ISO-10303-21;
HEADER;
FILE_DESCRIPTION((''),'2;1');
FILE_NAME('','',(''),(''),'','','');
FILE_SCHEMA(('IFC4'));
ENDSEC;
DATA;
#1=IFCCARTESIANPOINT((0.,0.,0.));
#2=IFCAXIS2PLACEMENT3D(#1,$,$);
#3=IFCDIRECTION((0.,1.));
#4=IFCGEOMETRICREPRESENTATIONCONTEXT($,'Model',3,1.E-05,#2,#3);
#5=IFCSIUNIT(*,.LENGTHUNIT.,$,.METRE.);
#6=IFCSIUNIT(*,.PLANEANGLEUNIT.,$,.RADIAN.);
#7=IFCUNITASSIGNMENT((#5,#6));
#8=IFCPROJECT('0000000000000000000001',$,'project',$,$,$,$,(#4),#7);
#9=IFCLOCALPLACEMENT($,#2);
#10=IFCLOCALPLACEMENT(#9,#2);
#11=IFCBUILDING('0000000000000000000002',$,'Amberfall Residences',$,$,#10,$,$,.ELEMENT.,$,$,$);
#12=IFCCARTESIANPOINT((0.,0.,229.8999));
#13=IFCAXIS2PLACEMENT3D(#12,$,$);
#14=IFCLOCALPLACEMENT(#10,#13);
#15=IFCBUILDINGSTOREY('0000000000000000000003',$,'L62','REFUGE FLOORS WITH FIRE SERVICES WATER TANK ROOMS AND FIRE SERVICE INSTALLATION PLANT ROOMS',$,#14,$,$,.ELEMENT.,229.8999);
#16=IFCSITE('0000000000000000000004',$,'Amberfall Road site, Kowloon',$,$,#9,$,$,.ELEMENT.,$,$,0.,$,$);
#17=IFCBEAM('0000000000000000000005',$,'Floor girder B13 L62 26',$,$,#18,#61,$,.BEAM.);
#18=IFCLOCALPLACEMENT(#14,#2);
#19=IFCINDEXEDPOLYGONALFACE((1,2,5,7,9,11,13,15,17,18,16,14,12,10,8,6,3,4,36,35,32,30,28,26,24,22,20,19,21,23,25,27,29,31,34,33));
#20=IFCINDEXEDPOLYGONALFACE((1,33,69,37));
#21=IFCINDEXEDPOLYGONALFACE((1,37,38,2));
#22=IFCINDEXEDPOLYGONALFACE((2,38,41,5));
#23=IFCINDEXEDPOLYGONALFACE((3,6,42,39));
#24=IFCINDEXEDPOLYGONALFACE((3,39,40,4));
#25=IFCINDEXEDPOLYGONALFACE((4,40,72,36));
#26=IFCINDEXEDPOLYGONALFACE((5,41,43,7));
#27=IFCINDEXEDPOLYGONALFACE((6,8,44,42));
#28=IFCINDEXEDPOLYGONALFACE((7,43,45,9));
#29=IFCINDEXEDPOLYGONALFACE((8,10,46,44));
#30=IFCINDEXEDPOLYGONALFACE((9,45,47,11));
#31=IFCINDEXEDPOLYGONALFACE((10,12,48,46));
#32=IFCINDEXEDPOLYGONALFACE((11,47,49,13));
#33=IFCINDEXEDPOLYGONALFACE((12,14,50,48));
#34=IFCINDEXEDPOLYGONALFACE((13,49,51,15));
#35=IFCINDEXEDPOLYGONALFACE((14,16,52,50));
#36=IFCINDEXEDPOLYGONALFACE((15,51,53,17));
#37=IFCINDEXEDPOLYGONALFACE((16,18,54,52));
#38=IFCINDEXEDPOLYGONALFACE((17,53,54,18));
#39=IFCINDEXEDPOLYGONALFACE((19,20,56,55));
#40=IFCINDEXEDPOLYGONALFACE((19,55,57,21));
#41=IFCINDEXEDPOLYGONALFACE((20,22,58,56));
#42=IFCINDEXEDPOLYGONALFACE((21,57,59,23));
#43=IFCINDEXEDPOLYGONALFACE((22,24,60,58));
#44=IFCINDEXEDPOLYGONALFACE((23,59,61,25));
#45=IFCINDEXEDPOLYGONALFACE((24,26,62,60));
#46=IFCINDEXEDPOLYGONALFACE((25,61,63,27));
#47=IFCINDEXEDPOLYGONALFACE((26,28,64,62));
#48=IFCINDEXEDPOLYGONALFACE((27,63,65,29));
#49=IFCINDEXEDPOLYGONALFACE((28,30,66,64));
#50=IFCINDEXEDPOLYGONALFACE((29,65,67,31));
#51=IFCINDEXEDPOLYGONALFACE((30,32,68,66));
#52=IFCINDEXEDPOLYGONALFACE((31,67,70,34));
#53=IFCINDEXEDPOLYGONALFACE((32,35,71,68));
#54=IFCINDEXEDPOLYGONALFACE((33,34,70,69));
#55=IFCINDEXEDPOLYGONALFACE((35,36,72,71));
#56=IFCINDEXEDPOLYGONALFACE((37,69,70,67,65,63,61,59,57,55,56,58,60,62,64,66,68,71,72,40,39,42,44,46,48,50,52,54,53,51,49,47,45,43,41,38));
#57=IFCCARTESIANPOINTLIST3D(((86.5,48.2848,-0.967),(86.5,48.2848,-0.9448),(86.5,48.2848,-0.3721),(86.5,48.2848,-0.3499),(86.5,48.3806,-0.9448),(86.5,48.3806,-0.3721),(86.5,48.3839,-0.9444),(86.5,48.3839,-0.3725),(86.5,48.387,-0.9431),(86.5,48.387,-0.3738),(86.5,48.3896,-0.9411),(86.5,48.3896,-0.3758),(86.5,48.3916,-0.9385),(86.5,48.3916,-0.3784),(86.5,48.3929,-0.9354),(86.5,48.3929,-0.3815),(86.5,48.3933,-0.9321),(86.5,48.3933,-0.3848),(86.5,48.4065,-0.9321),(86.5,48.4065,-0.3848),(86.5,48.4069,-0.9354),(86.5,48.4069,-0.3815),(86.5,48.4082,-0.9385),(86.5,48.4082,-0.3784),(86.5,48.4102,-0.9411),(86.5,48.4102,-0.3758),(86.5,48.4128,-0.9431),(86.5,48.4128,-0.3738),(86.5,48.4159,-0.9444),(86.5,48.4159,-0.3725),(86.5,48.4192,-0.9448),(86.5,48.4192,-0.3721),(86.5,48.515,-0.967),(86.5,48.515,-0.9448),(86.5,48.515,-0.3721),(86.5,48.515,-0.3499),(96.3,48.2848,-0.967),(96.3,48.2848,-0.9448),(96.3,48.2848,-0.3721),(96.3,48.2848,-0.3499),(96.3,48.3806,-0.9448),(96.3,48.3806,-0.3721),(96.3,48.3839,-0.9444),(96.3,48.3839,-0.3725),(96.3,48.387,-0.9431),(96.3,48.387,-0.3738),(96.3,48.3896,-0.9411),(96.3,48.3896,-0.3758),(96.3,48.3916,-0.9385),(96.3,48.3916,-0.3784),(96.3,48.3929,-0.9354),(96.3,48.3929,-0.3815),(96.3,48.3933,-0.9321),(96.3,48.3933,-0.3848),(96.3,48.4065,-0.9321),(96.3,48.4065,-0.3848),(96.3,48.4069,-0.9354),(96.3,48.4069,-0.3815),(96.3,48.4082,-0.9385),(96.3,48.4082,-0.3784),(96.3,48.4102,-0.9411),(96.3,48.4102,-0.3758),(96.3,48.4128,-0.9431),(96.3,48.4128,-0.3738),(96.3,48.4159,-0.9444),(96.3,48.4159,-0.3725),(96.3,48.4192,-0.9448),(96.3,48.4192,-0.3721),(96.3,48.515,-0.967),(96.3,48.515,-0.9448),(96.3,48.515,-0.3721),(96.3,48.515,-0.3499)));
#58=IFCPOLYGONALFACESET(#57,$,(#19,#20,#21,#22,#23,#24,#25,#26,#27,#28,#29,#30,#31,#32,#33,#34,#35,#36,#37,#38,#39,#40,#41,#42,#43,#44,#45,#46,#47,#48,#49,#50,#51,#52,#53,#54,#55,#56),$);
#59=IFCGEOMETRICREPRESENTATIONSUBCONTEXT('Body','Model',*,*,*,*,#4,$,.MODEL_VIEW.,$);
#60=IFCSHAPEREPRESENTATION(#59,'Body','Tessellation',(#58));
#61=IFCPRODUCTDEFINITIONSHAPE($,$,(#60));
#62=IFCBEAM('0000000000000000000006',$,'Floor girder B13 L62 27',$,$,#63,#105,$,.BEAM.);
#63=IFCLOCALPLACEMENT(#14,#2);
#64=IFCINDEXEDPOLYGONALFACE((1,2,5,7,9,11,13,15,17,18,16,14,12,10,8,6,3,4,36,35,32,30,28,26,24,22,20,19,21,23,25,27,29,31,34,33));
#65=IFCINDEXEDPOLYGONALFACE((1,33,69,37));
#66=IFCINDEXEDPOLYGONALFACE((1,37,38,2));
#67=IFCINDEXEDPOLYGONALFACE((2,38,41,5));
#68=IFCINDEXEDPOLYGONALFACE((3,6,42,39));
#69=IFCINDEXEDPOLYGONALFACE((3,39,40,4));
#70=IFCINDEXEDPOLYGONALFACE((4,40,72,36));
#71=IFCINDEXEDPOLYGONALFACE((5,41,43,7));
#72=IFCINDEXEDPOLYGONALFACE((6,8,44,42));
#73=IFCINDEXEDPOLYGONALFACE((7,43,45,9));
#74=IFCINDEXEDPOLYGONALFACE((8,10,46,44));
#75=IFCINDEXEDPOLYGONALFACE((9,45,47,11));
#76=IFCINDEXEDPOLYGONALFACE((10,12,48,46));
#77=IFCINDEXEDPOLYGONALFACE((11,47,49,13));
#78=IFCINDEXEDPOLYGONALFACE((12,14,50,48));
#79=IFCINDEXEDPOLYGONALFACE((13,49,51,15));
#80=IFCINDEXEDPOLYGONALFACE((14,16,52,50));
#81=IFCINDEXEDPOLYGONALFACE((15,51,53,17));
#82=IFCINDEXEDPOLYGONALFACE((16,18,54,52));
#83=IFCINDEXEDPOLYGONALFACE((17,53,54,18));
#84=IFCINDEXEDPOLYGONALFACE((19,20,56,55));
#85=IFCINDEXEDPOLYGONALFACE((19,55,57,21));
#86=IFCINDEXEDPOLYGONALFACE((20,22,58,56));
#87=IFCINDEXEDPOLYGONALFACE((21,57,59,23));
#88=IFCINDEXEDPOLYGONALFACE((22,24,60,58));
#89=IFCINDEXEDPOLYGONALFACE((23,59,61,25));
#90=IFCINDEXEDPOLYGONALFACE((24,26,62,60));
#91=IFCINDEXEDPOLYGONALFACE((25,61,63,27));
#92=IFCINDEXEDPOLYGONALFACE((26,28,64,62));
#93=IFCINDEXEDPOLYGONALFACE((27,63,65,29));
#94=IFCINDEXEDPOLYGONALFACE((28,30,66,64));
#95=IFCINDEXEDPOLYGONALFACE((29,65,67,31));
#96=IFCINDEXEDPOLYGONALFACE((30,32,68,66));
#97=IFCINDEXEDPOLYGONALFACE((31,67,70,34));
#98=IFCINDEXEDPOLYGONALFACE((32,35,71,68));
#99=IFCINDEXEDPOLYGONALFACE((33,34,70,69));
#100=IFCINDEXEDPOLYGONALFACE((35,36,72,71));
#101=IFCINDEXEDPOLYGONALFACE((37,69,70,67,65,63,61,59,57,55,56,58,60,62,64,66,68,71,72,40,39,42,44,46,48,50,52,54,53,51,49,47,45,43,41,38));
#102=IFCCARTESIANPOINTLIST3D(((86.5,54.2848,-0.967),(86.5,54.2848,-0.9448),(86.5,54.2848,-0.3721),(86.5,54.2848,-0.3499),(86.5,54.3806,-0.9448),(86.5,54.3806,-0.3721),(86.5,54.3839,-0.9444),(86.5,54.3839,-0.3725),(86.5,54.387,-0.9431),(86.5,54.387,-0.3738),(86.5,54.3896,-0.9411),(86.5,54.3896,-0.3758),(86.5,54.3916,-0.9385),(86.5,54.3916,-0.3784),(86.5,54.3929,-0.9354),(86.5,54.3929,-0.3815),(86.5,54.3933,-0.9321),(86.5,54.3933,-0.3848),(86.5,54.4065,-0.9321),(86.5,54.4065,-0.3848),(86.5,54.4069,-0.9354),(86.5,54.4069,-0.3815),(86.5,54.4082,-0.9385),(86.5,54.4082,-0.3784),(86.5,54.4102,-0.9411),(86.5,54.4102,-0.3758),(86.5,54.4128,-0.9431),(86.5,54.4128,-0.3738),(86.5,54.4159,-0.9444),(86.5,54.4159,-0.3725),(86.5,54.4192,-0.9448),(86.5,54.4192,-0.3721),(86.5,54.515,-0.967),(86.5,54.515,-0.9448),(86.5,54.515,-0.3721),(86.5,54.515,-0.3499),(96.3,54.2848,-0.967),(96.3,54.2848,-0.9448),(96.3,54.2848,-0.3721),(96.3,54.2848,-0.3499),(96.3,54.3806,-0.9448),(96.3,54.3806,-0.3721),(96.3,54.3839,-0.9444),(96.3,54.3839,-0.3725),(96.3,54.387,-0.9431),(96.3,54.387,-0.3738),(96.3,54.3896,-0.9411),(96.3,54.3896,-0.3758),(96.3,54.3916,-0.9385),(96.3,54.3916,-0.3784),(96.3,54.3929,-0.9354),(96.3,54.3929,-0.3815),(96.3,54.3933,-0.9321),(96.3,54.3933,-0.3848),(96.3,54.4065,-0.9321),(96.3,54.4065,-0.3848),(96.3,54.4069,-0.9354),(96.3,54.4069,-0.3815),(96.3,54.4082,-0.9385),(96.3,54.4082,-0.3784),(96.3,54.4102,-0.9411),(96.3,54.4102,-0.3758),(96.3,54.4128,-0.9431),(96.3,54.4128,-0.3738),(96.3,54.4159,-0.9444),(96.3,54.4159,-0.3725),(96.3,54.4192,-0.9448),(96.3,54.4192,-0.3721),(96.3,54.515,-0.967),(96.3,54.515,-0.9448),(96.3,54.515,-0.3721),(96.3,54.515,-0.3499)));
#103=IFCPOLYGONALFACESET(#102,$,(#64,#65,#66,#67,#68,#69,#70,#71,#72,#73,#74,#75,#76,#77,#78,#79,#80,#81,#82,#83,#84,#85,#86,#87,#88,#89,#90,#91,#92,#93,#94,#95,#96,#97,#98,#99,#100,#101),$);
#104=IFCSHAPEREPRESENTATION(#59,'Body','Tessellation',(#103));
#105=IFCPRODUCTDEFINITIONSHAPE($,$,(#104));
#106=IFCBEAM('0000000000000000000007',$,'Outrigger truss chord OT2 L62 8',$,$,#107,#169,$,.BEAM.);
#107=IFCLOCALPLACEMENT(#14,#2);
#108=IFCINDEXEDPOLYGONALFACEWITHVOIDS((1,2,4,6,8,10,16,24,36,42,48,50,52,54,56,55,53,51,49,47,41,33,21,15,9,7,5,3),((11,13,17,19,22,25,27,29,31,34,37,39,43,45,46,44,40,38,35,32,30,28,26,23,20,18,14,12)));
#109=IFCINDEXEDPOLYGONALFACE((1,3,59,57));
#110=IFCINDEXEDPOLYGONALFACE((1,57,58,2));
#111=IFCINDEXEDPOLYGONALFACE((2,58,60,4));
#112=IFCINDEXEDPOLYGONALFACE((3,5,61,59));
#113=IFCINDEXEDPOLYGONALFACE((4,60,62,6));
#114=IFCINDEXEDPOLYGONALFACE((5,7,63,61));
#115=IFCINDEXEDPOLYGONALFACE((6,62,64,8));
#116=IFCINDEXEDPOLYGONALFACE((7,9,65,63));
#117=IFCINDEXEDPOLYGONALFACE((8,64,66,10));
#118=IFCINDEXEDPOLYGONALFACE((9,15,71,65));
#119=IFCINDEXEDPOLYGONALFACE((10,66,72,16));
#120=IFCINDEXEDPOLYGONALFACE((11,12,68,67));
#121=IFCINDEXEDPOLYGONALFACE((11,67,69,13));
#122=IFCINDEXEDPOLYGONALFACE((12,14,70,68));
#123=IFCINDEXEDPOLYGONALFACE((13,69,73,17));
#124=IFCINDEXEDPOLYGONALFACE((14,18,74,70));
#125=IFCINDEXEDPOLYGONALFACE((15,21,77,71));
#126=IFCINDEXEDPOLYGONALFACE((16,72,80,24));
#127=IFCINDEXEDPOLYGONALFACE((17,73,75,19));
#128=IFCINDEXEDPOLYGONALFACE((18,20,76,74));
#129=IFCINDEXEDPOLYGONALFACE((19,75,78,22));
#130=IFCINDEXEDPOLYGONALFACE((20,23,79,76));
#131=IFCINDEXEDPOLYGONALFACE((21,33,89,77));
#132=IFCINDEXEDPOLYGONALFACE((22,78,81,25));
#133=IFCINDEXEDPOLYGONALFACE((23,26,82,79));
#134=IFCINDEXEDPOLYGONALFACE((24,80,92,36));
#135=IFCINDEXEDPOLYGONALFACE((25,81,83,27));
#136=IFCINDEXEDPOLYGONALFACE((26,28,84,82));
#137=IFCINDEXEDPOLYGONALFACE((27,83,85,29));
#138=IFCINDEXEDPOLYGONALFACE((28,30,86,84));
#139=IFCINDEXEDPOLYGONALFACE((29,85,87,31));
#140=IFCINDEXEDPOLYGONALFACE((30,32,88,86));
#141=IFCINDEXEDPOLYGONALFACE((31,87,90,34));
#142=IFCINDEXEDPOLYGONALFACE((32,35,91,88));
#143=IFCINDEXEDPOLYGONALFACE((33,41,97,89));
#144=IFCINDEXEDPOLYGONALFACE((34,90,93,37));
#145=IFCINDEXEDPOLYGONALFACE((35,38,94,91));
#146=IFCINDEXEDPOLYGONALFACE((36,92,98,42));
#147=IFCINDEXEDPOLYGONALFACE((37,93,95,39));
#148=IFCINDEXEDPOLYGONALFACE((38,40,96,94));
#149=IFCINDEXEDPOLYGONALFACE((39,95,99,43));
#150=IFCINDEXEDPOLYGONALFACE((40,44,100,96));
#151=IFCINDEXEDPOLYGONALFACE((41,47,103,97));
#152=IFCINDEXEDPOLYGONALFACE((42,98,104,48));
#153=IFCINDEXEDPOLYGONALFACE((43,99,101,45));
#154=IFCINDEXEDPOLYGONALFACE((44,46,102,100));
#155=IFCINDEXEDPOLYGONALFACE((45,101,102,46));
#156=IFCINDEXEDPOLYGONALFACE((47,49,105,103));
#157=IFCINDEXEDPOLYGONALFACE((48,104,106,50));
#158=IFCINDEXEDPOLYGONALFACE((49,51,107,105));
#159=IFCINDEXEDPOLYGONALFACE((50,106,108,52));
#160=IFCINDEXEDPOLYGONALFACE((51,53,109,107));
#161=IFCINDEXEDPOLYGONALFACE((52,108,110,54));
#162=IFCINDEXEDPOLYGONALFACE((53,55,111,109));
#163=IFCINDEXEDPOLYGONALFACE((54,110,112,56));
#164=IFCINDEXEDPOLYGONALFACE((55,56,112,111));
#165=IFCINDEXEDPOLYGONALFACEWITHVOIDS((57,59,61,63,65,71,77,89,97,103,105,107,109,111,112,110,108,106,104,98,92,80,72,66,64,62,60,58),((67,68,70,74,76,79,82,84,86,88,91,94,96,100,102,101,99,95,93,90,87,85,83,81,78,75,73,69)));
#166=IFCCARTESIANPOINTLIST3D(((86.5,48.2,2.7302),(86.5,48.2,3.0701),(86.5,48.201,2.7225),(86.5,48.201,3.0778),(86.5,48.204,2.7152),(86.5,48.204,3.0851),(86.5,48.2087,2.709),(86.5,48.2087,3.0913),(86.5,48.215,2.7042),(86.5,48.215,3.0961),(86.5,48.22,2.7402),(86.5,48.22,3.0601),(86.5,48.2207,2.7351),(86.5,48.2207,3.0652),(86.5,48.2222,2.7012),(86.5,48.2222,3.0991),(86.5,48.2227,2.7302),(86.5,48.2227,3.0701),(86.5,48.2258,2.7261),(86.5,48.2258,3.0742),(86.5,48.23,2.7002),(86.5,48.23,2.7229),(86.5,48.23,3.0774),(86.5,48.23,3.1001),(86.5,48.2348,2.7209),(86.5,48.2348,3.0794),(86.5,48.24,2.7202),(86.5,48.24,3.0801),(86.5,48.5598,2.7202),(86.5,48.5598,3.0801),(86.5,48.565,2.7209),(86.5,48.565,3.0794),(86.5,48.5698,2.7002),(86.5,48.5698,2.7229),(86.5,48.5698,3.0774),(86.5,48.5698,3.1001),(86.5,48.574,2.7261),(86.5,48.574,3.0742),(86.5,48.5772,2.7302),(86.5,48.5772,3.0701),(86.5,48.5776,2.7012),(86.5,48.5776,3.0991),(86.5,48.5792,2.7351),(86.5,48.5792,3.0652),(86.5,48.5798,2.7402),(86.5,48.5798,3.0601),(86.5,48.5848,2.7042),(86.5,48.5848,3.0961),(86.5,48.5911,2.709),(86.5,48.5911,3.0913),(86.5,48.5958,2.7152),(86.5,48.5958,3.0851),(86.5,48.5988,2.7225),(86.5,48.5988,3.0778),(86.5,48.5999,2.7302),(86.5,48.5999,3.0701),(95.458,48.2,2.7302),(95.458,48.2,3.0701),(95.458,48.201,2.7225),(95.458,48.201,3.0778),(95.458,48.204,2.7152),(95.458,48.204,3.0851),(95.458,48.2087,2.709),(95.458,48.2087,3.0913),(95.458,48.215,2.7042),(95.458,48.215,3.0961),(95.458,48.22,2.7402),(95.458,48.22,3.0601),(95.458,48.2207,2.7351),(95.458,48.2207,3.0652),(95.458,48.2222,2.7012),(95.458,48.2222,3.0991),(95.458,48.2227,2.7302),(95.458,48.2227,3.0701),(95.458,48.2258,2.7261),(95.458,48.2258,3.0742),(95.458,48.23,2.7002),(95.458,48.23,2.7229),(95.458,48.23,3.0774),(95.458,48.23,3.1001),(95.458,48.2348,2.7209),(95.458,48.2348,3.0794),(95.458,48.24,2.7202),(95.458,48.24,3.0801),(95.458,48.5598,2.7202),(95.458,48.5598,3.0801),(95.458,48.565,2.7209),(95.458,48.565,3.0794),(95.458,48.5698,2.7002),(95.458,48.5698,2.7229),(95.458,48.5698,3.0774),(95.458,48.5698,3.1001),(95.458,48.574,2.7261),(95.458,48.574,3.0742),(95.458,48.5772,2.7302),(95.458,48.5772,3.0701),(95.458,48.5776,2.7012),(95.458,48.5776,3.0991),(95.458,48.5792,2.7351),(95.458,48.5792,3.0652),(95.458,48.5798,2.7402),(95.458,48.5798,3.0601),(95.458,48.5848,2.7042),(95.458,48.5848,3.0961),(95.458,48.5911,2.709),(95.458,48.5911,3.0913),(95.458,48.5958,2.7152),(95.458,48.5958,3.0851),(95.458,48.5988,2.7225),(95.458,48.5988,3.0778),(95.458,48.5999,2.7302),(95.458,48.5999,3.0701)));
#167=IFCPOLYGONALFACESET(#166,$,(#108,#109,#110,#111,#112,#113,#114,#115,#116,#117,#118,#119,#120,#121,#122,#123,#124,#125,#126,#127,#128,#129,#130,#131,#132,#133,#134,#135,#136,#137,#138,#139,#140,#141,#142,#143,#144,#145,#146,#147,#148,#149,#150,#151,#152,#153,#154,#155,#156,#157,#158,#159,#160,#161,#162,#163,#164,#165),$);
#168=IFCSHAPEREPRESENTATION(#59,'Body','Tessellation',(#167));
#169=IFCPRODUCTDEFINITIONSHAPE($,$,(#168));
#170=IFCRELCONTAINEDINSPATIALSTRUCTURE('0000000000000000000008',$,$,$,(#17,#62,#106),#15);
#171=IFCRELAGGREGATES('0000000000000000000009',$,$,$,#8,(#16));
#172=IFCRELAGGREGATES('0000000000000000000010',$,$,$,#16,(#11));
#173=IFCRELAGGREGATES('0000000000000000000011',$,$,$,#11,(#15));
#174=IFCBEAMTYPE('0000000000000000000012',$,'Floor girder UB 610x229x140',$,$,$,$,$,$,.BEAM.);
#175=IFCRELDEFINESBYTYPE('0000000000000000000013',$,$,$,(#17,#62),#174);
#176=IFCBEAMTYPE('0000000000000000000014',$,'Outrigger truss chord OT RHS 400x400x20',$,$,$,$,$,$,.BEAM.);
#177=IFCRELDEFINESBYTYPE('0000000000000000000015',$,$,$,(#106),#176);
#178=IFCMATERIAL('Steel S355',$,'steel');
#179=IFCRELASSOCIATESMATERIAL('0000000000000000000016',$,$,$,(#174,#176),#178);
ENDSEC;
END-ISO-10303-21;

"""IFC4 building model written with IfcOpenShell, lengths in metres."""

from ifc_helpers import new_model, si_unit, direction, frame, origin, origin_2d, place, context, subcontext, project, spatial, hollow_rectangle, i_section, extrude, material, material_profile, profile_set, type_object, element, save


model = new_model("IFC4")

# Units and contexts
model_context = context("Model", 3, precision=1e-05, world=origin(), true_north=direction((0.0, 1.0)))
body_context = subcontext(model_context, "Body", "Model", "MODEL_VIEW")
ifc_project = project(units=[si_unit("LENGTHUNIT", "METRE"), si_unit("PLANEANGLEUNIT", "RADIAN")], contexts=[model_context])

# Site, building, storey
site_placement = place(None, origin())
site = spatial("IfcSite", under=ifc_project, at=site_placement, Name="Amberfall Road site, Kowloon", CompositionType="ELEMENT", RefElevation=0.0)
building_placement = place(site_placement, origin())
building = spatial("IfcBuilding", under=site, at=building_placement, Name="Amberfall Residences", CompositionType="ELEMENT")
storey_placement = place(building_placement, frame((0.0, 0.0, 229.8999)))
storey = spatial("IfcBuildingStorey", under=building, at=storey_placement, Name="L62", Description="REFUGE FLOORS WITH FIRE SERVICES WATER TANK ROOMS AND FIRE SERVICE INSTALLATION PLANT ROOMS", CompositionType="ELEMENT", Elevation=229.8999)

# Shared definitions
ifc_material_1 = material(Name="Steel S355", Category="steel")

# Beams
ifc_material_profile_1 = material_profile(ifc_material_1, i_section(OverallWidth=0.2302, OverallDepth=0.6172, WebThickness=0.0132, FlangeThickness=0.0222, FilletRadius=0.0127, at=origin_2d()), Name="UB 610x229x140")
ifc_profile_set_1 = profile_set([ifc_material_profile_1], Name="Steel S355")
beam_type_1 = type_object("IfcBeamType", Name="Floor girder UB 610x229x140", PredefinedType="BEAM", material=ifc_profile_set_1)
for number, where, z_axis, x_axis, name in (
    (1, (96.3, 48.3999, -0.6584), (-1.0, 0.0, 0.0), (0.0, -1.0, 0.0), "Floor girder B13 L62 26"),
    (2, (96.3, 54.3999, -0.6584), (-1.0, 0.0, 0.0), (0.0, -1.0, 0.0), "Floor girder B13 L62 27"),
):
    element("IfcBeam", number, at=place(storey_placement, frame(where, z_axis=z_axis, x_axis=x_axis)), inside=storey, type_object=beam_type_1, Name=name, PredefinedType="BEAM", context=body_context, shape_type="SweptSolid", body=[
        extrude(i_section(OverallWidth=0.2302, OverallDepth=0.6172, WebThickness=0.0132, FlangeThickness=0.0222, FilletRadius=0.0127, at=origin_2d()), origin(), (0.0, 0.0, 1.0), 9.8),
    ])
ifc_material_profile_2 = material_profile(ifc_material_1, hollow_rectangle(XDim=0.3999, YDim=0.3999, WallThickness=0.02, InnerFilletRadius=0.02, OuterFilletRadius=0.03, at=origin_2d()), Name="RHS 400x400x20")
ifc_profile_set_2 = profile_set([ifc_material_profile_2], Name="Steel S355")
beam_type_2 = type_object("IfcBeamType", Name="Outrigger truss chord OT RHS 400x400x20", PredefinedType="BEAM", material=ifc_profile_set_2)
beam_1_placement = place(storey_placement, frame((95.458, 48.3999, 2.9001), z_axis=(-1.0, 0.0, 0.0), x_axis=(0.0, -1.0, 0.0)))
element("IfcBeam", 3, at=beam_1_placement, inside=storey, type_object=beam_type_2, Name="Outrigger truss chord OT2 L62 8", PredefinedType="BEAM", context=body_context, shape_type="SweptSolid", body=[
    extrude(hollow_rectangle(XDim=0.3999, YDim=0.3999, WallThickness=0.02, InnerFilletRadius=0.02, OuterFilletRadius=0.03, at=origin_2d()), origin(), (0.0, 0.0, 1.0), 8.958),
])

save(model, "model.ifc")
